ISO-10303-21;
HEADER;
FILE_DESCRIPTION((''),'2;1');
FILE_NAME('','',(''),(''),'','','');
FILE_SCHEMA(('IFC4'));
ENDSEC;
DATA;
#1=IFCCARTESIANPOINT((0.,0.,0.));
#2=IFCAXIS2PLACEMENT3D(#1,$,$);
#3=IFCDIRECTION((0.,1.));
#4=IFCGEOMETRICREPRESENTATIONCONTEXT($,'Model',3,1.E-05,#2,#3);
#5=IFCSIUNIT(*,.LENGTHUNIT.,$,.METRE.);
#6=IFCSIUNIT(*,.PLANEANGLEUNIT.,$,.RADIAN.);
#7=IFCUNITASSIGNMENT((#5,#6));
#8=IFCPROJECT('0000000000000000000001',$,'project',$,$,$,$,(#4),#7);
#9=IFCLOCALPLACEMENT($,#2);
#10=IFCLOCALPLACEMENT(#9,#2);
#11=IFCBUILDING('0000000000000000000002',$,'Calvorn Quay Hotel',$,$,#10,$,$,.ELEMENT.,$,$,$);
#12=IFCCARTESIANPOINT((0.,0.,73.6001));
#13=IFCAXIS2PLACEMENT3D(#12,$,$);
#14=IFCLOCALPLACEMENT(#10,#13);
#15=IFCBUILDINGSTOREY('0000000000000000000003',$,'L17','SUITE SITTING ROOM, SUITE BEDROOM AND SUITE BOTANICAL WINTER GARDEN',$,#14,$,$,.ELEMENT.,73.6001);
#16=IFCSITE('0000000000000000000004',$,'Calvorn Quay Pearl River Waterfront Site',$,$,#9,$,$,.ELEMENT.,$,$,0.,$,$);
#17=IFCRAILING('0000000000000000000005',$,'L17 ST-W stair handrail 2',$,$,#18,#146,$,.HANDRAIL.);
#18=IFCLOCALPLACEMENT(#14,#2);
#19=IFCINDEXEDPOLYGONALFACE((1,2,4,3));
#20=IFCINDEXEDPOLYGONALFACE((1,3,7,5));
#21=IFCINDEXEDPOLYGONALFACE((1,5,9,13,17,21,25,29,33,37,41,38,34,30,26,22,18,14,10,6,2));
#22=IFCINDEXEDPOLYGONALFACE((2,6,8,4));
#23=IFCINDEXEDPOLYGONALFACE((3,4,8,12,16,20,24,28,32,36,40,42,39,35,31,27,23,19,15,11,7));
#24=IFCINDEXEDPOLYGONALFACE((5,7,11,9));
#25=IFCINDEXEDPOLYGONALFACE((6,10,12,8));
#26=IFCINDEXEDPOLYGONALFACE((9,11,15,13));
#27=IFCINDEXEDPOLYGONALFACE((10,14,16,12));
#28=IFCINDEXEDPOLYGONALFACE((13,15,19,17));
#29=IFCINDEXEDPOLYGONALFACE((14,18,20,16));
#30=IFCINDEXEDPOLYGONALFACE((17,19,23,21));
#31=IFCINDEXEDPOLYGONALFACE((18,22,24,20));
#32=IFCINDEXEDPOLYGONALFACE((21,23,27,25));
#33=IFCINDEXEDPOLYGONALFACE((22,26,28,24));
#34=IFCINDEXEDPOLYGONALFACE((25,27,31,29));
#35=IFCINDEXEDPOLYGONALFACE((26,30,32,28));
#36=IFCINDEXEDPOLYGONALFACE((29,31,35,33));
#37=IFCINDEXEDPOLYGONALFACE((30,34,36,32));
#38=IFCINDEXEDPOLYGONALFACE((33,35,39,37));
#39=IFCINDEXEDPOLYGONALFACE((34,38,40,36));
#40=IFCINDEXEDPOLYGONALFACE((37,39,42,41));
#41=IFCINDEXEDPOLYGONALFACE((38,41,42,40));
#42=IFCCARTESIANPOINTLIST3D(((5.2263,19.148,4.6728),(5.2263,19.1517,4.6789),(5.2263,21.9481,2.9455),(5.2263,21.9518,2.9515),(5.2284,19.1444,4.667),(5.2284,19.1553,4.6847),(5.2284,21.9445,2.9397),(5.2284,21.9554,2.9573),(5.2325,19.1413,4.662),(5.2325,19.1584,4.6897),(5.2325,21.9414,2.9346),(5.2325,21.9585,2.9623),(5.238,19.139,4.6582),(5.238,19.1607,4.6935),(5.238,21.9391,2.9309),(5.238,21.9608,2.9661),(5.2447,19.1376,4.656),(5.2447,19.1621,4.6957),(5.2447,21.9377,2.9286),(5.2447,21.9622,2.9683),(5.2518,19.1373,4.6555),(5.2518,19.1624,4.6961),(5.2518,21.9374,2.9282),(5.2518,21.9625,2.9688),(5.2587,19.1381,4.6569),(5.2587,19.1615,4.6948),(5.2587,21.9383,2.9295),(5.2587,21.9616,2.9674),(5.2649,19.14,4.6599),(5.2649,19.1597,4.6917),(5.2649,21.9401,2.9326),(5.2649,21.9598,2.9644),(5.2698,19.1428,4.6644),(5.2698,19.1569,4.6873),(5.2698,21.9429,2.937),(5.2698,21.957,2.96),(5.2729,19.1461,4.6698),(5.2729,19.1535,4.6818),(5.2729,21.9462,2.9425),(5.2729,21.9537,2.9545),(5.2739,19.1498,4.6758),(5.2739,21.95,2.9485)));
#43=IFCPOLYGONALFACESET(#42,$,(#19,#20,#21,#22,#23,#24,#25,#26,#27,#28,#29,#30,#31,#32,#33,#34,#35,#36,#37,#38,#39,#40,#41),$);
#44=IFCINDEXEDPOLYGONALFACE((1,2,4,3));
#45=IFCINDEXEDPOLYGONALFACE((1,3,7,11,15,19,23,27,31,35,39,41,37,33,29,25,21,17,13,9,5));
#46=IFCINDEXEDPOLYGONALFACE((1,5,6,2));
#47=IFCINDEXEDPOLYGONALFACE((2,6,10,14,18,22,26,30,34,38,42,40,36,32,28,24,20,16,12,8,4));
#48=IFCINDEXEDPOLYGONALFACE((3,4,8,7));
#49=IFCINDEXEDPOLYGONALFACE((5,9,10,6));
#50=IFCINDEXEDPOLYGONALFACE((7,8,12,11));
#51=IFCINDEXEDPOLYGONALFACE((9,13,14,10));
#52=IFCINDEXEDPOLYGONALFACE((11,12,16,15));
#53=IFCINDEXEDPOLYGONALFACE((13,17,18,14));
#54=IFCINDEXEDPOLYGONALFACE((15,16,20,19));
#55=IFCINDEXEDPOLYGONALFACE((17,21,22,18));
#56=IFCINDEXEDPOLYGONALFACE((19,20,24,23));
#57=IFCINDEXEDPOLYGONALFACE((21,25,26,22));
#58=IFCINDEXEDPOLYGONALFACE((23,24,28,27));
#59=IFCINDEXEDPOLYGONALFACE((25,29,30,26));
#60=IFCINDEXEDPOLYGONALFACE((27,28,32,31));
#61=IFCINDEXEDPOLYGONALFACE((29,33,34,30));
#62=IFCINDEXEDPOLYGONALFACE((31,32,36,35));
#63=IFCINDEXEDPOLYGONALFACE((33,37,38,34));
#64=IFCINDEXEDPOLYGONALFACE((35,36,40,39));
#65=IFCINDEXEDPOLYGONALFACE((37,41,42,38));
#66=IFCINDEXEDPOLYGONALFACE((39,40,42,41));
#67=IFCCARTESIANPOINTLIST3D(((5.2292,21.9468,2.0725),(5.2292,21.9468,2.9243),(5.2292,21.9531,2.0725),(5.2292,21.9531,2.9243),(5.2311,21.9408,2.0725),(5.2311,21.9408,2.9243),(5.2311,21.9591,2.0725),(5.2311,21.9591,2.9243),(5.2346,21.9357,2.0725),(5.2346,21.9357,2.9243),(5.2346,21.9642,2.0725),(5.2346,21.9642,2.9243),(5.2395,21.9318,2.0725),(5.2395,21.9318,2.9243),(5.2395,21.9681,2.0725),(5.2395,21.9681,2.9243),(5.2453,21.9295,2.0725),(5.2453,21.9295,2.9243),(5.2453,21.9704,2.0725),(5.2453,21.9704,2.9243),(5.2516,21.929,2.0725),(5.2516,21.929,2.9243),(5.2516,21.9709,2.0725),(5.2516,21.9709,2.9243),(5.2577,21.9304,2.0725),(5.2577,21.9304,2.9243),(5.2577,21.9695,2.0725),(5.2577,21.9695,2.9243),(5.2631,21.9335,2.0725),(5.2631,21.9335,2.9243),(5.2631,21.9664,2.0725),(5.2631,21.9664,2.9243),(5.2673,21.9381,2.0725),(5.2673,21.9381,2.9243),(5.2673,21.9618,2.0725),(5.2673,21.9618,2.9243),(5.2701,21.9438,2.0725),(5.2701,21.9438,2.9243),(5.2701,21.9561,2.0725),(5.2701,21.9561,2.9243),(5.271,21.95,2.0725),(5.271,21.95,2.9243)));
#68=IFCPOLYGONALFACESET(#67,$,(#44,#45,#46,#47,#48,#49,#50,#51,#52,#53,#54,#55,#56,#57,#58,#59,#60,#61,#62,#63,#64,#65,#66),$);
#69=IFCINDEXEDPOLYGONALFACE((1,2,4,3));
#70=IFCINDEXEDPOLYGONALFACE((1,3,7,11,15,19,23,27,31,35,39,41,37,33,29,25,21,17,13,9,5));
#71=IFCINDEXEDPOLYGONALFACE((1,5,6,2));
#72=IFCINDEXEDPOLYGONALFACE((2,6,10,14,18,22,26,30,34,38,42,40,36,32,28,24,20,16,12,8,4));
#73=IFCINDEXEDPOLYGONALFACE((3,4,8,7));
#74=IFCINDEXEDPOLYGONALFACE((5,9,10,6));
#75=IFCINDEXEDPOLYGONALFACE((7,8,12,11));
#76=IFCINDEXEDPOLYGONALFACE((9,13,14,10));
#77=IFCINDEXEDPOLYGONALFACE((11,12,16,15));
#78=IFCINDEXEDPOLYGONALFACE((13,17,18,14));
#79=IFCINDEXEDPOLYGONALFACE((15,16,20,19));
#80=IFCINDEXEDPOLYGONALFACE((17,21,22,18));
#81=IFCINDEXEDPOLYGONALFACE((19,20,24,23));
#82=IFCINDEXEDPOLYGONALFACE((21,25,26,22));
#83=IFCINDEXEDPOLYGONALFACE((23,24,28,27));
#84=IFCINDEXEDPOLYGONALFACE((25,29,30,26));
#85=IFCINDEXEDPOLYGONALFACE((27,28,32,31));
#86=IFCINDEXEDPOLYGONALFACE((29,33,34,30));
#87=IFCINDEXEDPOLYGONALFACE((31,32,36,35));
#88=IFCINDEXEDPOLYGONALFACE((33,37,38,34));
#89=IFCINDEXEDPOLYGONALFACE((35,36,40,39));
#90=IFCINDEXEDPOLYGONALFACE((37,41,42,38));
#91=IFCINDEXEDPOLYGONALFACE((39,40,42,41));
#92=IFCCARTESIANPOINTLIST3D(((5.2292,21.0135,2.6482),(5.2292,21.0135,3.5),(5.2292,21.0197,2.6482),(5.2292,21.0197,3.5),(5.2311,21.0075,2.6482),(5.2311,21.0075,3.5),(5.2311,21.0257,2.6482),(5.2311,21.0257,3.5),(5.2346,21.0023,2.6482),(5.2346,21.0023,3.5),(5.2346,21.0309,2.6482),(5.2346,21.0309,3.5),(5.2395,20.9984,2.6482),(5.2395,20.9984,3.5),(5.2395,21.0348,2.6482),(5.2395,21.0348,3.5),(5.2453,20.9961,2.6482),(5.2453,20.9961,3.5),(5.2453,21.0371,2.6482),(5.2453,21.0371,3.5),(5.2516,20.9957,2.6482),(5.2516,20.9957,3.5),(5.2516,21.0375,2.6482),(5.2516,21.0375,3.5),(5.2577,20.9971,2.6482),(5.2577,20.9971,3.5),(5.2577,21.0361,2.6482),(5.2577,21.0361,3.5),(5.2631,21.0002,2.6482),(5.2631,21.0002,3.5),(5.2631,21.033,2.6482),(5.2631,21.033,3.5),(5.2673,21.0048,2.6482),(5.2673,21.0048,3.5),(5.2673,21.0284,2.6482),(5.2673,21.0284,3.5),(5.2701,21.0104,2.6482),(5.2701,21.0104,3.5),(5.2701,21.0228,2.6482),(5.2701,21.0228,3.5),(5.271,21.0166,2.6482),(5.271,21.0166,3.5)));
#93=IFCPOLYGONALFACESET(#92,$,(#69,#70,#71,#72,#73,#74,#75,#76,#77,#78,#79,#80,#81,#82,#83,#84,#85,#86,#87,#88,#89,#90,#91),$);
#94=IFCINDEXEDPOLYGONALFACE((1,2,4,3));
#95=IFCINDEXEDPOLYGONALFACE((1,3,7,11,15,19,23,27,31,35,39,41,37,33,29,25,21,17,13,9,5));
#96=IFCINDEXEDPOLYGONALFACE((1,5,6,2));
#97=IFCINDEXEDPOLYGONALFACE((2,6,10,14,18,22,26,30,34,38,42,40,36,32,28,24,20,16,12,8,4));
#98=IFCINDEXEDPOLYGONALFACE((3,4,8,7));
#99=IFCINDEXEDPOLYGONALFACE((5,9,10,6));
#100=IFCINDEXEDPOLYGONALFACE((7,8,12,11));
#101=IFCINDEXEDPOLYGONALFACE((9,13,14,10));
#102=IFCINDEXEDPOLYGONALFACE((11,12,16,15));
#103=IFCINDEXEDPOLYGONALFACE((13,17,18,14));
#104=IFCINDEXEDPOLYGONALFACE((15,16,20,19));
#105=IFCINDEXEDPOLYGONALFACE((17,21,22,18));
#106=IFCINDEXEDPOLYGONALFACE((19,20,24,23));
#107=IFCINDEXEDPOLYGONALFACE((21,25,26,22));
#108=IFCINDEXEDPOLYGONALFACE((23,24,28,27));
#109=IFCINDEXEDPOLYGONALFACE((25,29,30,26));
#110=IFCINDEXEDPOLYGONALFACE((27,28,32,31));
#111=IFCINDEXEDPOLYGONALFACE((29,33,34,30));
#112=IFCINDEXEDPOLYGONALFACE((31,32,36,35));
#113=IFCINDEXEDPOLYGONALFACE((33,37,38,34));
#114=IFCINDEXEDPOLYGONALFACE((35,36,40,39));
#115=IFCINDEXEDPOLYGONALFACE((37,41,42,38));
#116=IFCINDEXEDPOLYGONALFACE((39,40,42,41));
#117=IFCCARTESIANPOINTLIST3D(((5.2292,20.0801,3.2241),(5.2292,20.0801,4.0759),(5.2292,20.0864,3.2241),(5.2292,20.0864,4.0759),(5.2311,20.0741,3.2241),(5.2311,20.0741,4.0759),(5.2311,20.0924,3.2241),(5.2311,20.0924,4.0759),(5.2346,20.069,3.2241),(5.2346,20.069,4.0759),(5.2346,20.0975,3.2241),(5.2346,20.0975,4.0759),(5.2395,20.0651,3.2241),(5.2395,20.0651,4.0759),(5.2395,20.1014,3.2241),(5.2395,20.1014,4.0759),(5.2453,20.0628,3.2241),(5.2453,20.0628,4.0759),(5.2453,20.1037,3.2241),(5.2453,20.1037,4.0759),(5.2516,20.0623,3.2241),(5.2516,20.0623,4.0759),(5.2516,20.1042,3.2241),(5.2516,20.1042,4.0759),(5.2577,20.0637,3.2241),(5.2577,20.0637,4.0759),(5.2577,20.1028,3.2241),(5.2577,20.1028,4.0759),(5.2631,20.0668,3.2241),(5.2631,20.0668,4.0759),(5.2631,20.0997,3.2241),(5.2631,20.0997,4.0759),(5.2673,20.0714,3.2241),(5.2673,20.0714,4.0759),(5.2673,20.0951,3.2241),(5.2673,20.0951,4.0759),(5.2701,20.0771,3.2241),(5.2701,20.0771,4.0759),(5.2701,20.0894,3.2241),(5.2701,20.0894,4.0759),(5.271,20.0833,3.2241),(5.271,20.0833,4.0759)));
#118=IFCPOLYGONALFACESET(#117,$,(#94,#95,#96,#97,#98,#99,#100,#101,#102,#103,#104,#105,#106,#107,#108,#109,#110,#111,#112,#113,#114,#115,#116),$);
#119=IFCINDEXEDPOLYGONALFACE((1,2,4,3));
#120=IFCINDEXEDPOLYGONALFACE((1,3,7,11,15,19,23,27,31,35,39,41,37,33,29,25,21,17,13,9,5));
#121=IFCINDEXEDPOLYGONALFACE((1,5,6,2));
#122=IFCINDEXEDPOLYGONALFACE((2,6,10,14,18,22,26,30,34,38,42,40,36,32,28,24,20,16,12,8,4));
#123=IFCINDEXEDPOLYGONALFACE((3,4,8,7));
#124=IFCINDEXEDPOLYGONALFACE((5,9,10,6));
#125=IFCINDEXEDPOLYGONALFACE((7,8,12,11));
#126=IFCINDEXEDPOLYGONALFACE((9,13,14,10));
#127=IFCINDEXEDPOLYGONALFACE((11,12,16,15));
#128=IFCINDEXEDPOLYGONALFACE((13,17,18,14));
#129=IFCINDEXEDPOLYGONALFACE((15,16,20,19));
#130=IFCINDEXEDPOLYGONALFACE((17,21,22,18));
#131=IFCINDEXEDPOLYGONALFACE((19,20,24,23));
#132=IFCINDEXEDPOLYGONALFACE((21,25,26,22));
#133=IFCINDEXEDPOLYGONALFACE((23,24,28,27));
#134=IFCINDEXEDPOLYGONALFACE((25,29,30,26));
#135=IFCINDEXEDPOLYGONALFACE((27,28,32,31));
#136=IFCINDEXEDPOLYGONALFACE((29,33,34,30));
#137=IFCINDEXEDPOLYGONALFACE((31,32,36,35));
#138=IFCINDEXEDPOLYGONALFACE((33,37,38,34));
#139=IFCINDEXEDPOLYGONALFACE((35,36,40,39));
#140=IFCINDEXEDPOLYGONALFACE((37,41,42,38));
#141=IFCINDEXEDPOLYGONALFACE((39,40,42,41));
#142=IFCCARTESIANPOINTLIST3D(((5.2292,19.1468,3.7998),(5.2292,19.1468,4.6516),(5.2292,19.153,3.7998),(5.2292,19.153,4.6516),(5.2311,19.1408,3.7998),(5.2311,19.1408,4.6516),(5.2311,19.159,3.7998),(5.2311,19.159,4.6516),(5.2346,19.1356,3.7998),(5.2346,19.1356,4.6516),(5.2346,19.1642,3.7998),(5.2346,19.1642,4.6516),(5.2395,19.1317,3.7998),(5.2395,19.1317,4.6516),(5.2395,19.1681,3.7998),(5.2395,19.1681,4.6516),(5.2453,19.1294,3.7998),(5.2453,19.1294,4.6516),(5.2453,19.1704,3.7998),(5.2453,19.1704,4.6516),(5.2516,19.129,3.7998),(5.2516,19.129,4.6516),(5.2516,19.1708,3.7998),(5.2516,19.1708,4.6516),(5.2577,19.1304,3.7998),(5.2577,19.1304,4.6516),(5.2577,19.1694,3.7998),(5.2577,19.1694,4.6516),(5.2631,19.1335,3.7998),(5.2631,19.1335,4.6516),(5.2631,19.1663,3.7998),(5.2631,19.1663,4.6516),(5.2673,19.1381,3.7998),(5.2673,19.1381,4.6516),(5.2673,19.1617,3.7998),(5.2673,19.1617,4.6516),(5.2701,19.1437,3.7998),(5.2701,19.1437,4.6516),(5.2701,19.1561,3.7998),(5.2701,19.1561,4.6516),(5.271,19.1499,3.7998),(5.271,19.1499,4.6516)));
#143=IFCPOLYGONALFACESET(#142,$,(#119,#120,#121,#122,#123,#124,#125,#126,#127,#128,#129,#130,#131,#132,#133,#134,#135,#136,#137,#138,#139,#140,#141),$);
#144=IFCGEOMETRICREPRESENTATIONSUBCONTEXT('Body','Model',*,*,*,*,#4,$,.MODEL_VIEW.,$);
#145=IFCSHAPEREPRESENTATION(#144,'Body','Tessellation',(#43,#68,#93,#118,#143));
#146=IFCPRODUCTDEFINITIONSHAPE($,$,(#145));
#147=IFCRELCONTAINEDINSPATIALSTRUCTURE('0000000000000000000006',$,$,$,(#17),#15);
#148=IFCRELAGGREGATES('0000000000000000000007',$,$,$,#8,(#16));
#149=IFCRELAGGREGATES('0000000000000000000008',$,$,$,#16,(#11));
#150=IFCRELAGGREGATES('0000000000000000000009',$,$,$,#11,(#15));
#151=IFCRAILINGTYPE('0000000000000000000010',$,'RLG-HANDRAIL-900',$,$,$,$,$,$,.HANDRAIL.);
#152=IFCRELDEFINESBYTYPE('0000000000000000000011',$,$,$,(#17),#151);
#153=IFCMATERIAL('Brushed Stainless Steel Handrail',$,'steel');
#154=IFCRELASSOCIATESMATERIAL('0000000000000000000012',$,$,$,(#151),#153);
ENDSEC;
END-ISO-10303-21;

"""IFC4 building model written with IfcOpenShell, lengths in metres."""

from ifc_helpers import new_model, si_unit, direction, frame, origin, origin_2d, place, context, subcontext, project, spatial, circle, extrude, material, type_object, element, save


model = new_model("IFC4")

# Units and contexts
model_context = context("Model", 3, precision=1e-05, world=origin(), true_north=direction((0.0, 1.0)))
body_context = subcontext(model_context, "Body", "Model", "MODEL_VIEW")
ifc_project = project(units=[si_unit("LENGTHUNIT", "METRE"), si_unit("PLANEANGLEUNIT", "RADIAN")], contexts=[model_context])

# Site, building, storey
site_placement = place(None, origin())
site = spatial("IfcSite", under=ifc_project, at=site_placement, Name="Calvorn Quay Pearl River Waterfront Site", CompositionType="ELEMENT", RefElevation=0.0)
building_placement = place(site_placement, origin())
building = spatial("IfcBuilding", under=site, at=building_placement, Name="Calvorn Quay Hotel", CompositionType="ELEMENT")
storey_placement = place(building_placement, frame((0.0, 0.0, 73.6001)))
storey = spatial("IfcBuildingStorey", under=building, at=storey_placement, Name="L17", Description="SUITE SITTING ROOM, SUITE BEDROOM AND SUITE BOTANICAL WINTER GARDEN", CompositionType="ELEMENT", Elevation=73.6001)

# Railing
ifc_material_1 = material(Name="Brushed Stainless Steel Handrail", Category="steel")
railing_type_1 = type_object("IfcRailingType", Name="RLG-HANDRAIL-900", PredefinedType="HANDRAIL", material=ifc_material_1)
railing_1_placement = place(storey_placement, frame((5.25, 21.95, 2.0725)))
element("IfcRailing", 1, at=railing_1_placement, inside=storey, type_object=railing_type_1, Name="L17 ST-W stair handrail 2", PredefinedType="HANDRAIL", context=body_context, shape_type="SweptSolid", body=[
    extrude(circle(Radius=0.0239, at=origin_2d()), frame((0.0, 0.0, 0.876), z_axis=(0.0, -0.85109, 0.52502), x_axis=(1.0, 0.0, 0.0)), (0.0, 0.0, 1.0), 3.29),
    extrude(circle(Radius=0.021, at=origin_2d()), origin(), (0.0, 0.0, 1.0), 0.8518),
    extrude(circle(Radius=0.021, at=origin_2d()), frame((0.0, -0.9333, 0.5757)), (0.0, 0.0, 1.0), 0.8518),
    extrude(circle(Radius=0.021, at=origin_2d()), frame((0.0, -1.8667, 1.1516)), (0.0, 0.0, 1.0), 0.8518),
    extrude(circle(Radius=0.021, at=origin_2d()), frame((0.0, -2.8, 1.7273)), (0.0, 0.0, 1.0), 0.8518),
])

save(model, "model.ifc")
